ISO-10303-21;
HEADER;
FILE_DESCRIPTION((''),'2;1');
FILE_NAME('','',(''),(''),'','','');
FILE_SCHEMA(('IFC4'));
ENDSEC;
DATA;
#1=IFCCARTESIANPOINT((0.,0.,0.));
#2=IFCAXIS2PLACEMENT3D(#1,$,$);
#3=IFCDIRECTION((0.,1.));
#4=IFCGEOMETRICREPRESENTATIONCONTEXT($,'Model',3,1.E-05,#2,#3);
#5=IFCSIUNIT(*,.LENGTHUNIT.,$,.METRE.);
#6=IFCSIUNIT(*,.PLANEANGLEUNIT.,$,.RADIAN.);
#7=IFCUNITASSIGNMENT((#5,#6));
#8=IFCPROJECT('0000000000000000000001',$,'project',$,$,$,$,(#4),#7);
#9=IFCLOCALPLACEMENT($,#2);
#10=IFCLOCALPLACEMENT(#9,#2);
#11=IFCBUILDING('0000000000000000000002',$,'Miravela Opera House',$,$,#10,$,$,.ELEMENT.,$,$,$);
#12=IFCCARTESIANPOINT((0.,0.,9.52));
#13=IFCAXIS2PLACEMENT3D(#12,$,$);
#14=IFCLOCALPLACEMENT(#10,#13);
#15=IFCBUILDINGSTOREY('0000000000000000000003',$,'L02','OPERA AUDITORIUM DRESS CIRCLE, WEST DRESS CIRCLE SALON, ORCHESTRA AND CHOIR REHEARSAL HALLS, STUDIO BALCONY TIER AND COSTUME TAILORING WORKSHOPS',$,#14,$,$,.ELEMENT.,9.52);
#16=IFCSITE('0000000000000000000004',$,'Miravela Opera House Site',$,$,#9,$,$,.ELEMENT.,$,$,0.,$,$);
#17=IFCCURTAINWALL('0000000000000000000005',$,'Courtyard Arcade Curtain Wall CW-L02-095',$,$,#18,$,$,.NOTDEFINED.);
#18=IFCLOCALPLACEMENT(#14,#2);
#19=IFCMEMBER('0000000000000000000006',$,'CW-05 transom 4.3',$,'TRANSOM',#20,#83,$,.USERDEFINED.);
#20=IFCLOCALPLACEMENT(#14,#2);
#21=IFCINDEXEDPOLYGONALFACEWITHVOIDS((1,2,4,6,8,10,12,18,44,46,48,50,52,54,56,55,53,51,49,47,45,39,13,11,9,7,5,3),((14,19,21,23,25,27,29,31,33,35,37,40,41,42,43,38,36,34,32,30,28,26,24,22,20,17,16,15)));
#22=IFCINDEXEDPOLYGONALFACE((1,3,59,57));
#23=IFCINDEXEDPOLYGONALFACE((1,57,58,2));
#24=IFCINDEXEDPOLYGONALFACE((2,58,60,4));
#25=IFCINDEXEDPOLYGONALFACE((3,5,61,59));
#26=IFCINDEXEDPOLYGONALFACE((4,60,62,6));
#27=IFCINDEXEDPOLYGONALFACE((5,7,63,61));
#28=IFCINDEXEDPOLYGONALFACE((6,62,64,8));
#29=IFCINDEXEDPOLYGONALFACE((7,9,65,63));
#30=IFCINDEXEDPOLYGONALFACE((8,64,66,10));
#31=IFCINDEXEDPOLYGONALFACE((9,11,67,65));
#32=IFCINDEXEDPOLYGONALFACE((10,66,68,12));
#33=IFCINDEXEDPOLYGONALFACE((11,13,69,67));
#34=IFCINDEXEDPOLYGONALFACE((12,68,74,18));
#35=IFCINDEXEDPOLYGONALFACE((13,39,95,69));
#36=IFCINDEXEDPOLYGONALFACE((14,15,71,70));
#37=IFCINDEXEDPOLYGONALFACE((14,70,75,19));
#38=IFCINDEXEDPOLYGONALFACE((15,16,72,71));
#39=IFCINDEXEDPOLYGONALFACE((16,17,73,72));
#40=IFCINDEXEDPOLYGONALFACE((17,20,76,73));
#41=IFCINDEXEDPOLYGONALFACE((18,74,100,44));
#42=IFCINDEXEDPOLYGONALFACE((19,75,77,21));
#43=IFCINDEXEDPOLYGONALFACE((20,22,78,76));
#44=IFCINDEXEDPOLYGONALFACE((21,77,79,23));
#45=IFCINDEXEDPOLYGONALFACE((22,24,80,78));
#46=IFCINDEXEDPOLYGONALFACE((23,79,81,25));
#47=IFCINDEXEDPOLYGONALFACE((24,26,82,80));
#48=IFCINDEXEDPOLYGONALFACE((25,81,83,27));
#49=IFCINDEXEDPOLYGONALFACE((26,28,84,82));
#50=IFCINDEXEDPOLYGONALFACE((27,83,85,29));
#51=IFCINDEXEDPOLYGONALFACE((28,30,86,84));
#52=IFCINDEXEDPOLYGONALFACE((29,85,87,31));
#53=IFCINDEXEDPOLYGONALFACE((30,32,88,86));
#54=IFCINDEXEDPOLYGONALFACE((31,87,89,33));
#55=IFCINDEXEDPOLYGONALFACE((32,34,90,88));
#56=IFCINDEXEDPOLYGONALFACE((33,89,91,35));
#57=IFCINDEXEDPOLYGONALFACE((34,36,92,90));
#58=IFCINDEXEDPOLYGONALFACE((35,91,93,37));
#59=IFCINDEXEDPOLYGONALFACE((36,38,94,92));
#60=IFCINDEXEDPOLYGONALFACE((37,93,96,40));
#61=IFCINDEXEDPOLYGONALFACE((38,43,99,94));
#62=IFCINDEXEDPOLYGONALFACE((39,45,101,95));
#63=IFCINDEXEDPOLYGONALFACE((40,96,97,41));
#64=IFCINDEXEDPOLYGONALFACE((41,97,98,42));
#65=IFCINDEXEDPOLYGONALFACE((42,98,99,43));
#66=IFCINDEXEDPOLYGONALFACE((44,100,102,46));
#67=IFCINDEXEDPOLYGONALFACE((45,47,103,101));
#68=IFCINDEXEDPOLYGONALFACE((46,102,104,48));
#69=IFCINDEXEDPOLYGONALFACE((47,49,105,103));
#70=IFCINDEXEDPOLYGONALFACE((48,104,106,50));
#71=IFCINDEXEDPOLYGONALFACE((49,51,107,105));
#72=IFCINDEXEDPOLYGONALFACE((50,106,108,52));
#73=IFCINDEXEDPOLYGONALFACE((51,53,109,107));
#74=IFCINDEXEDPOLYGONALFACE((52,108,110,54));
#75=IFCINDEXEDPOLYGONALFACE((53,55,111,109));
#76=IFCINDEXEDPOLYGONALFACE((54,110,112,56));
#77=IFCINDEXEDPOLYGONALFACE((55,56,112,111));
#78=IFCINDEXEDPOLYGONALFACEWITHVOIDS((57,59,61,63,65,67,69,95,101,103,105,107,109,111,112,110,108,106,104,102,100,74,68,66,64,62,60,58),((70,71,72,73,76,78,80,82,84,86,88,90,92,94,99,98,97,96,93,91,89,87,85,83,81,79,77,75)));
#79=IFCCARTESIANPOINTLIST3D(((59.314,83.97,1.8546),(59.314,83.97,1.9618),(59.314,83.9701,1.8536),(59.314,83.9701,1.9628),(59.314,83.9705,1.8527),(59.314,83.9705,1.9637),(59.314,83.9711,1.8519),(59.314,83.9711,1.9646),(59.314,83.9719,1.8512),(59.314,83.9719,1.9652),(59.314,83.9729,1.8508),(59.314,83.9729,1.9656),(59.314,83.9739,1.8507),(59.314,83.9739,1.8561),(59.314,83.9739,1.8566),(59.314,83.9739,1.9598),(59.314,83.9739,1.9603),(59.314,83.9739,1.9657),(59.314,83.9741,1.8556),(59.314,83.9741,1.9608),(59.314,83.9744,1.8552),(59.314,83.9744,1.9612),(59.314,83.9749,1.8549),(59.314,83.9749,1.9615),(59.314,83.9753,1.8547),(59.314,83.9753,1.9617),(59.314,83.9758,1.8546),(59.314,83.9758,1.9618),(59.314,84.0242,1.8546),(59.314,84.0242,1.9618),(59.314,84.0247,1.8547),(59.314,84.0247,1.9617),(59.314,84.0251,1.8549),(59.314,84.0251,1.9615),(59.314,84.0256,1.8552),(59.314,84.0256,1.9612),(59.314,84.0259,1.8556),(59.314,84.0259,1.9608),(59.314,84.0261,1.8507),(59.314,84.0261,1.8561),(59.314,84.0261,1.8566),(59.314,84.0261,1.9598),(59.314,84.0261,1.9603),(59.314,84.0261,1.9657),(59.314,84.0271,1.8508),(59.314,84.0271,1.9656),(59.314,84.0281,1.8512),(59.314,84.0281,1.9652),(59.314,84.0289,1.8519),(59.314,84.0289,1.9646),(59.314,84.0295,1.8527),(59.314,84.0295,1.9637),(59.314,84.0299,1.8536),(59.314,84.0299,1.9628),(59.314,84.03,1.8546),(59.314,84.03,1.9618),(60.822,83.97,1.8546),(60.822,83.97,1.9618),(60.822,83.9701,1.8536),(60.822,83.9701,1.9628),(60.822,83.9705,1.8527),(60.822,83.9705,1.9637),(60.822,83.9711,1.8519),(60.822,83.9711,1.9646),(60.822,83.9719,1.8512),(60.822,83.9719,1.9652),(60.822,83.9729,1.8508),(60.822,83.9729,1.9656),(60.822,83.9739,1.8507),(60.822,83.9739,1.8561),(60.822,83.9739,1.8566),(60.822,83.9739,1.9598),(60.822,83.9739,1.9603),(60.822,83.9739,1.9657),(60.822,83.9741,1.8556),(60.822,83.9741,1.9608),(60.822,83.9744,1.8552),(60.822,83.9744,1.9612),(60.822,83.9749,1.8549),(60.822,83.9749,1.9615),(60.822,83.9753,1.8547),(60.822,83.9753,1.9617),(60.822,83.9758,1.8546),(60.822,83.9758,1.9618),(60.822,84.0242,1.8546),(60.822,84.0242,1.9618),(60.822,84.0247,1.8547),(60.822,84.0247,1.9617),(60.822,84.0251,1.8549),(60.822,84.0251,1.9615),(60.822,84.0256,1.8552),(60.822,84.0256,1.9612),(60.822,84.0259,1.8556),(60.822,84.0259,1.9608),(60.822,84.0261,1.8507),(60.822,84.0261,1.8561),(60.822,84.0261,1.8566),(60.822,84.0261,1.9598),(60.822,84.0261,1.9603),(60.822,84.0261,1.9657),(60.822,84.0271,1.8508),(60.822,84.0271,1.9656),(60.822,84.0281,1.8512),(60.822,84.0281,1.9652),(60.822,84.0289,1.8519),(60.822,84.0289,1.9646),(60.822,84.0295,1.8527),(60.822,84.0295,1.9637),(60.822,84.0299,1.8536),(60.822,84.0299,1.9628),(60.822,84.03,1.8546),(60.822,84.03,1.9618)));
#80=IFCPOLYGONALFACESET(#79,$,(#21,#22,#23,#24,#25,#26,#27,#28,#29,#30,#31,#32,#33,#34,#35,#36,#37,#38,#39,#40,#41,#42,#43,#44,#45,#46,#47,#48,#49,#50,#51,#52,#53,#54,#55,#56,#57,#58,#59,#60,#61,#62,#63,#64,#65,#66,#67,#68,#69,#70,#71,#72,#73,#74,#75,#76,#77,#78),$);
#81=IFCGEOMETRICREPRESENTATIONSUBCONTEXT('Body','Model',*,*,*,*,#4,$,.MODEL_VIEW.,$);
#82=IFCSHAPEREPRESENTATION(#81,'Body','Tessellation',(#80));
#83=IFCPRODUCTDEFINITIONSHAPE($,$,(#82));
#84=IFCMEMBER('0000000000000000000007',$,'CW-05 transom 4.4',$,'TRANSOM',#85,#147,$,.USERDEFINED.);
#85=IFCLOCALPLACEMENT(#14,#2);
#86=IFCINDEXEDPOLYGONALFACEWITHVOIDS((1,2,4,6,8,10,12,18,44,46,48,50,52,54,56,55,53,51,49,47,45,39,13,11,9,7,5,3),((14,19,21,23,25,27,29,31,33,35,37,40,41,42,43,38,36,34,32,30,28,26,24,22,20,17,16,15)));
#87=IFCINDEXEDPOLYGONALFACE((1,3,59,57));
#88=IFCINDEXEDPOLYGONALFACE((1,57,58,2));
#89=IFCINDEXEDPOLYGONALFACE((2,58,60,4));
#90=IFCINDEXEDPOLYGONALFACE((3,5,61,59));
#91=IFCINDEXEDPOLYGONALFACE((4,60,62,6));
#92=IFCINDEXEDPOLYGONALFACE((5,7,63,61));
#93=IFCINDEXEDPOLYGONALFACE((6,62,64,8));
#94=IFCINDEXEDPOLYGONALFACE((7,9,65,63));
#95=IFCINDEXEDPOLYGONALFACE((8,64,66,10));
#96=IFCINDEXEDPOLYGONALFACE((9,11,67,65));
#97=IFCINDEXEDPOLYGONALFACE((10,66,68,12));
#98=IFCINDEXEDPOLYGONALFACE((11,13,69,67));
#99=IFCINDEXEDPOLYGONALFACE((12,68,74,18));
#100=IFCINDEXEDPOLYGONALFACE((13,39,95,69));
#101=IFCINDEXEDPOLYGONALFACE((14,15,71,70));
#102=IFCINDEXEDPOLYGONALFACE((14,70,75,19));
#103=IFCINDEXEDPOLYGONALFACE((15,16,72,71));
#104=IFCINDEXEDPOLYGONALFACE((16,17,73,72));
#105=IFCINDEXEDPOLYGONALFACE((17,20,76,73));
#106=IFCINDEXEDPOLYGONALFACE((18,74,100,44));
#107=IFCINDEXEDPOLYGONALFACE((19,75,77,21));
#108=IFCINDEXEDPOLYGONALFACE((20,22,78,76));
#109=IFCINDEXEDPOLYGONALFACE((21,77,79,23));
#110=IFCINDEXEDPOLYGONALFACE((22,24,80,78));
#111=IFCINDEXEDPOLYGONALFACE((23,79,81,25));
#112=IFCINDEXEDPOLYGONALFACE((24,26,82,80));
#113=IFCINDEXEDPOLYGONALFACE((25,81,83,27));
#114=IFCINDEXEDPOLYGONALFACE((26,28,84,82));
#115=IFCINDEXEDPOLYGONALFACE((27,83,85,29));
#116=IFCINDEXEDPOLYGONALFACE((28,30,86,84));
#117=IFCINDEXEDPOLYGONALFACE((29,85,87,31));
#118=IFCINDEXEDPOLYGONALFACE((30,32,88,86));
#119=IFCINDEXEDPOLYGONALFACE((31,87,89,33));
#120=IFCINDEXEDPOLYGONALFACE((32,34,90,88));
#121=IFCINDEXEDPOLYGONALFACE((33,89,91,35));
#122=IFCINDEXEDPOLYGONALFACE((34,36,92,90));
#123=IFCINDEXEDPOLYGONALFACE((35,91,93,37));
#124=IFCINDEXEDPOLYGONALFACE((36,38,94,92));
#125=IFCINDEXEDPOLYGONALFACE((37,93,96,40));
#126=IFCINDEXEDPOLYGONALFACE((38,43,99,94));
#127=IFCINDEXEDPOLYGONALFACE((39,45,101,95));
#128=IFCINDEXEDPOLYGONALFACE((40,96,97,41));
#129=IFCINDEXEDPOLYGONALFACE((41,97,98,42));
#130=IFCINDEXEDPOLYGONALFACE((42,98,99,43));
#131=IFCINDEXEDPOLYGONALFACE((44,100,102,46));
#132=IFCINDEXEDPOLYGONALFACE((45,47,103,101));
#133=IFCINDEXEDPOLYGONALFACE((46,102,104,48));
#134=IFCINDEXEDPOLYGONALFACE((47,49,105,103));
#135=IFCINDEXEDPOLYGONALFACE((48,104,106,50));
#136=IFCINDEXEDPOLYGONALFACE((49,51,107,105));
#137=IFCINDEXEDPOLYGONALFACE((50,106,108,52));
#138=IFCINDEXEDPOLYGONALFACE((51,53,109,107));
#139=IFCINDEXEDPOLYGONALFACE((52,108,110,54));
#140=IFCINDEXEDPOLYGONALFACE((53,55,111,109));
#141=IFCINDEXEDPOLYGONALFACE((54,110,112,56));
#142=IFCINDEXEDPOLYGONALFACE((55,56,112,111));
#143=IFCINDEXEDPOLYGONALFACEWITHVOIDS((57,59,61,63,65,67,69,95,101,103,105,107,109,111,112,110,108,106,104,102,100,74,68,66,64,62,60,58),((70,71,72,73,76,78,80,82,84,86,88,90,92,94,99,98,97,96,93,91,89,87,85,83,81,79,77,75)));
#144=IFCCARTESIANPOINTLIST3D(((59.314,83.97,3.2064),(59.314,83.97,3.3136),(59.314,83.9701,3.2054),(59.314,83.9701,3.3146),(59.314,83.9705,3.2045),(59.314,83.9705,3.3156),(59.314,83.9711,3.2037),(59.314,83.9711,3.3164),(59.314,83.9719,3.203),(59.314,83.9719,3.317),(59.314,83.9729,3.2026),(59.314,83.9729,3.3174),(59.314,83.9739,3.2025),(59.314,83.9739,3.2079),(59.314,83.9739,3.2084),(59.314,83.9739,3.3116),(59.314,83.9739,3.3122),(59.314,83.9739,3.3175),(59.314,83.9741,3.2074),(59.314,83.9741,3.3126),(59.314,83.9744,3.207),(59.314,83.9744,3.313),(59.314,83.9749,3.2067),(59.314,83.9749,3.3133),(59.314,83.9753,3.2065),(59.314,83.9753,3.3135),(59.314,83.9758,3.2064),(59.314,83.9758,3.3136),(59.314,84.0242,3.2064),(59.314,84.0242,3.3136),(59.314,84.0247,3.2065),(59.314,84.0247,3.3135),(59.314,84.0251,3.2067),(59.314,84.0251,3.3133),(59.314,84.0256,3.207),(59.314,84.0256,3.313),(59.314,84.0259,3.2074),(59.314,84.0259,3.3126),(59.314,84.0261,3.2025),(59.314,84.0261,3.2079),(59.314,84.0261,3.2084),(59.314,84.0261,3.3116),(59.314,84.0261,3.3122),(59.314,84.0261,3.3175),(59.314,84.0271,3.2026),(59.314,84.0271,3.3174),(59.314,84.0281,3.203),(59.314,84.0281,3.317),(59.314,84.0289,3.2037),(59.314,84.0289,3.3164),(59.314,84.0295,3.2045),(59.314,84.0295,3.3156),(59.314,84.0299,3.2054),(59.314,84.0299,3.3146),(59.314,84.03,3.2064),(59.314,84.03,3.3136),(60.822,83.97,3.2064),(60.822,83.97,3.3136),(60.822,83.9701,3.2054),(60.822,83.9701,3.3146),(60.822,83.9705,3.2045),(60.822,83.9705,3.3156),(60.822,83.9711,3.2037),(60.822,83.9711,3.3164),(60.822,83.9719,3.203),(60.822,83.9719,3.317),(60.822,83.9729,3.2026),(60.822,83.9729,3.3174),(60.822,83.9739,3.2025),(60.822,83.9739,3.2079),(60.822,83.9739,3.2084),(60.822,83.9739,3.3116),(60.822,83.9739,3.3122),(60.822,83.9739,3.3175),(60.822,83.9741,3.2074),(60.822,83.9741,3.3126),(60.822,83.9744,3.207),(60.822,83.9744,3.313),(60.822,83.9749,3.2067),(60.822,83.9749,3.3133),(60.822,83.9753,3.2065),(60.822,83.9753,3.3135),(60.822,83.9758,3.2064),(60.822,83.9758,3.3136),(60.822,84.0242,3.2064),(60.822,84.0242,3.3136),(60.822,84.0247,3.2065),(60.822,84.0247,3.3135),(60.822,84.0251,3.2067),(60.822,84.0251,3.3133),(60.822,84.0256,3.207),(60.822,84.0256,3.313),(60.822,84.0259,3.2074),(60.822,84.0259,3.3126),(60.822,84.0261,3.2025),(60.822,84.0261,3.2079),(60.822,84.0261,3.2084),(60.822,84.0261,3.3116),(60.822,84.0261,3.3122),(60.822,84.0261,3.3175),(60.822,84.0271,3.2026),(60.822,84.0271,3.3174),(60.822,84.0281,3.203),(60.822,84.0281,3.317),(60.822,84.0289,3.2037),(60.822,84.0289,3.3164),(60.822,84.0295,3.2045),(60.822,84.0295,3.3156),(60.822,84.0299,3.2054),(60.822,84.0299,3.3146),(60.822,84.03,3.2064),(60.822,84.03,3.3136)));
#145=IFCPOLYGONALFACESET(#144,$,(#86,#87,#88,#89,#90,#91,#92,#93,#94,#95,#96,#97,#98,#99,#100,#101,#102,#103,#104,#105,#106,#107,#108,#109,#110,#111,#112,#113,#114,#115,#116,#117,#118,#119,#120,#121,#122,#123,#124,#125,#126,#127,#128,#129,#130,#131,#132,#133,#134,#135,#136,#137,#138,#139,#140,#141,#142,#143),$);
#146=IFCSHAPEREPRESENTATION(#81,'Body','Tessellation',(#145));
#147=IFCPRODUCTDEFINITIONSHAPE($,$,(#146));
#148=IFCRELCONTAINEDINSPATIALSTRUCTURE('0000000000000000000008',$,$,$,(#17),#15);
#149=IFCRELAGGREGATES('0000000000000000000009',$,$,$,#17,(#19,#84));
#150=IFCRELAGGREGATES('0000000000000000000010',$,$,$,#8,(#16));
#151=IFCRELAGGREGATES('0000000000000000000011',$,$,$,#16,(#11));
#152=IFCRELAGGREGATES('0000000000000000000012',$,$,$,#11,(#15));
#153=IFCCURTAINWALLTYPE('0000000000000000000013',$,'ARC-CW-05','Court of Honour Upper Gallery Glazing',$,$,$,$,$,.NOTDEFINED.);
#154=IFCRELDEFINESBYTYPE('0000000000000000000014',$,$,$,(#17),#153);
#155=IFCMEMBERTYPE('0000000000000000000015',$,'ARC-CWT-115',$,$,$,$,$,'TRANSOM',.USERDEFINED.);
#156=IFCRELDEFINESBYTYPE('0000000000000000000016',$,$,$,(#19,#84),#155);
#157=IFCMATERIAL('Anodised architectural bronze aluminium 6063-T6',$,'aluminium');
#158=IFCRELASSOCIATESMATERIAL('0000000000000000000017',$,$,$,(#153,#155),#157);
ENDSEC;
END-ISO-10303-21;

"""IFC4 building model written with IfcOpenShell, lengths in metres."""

from ifc_helpers import new_model, si_unit, direction, frame, origin, origin_2d, place, context, subcontext, project, spatial, hollow_rectangle, extrude, material, material_profile, profile_set, type_object, element, aggregate, save


model = new_model("IFC4")

# Units and contexts
model_context = context("Model", 3, precision=1e-05, world=origin(), true_north=direction((0.0, 1.0)))
body_context = subcontext(model_context, "Body", "Model", "MODEL_VIEW")
ifc_project = project(units=[si_unit("LENGTHUNIT", "METRE"), si_unit("PLANEANGLEUNIT", "RADIAN")], contexts=[model_context])

# Site, building, storey
site_placement = place(None, origin())
site = spatial("IfcSite", under=ifc_project, at=site_placement, Name="Miravela Opera House Site", CompositionType="ELEMENT", RefElevation=0.0)
building_placement = place(site_placement, origin())
building = spatial("IfcBuilding", under=site, at=building_placement, Name="Miravela Opera House", CompositionType="ELEMENT")
storey_placement = place(building_placement, frame((0.0, 0.0, 9.52)))
storey = spatial("IfcBuildingStorey", under=building, at=storey_placement, Name="L02", Description="OPERA AUDITORIUM DRESS CIRCLE, WEST DRESS CIRCLE SALON, ORCHESTRA AND CHOIR REHEARSAL HALLS, STUDIO BALCONY TIER AND COSTUME TAILORING WORKSHOPS", CompositionType="ELEMENT", Elevation=9.52)

# Curtain wall
ifc_material_1 = material(Name="Anodised architectural bronze aluminium 6063-T6", Category="aluminium")
curtain_wall_type = type_object("IfcCurtainWallType", Name="ARC-CW-05", Description="Court of Honour Upper Gallery Glazing", PredefinedType="NOTDEFINED", material=ifc_material_1)
curtain_wall_1_placement = place(storey_placement, origin())
curtain_wall_1 = element("IfcCurtainWall", 1, at=curtain_wall_1_placement, inside=storey, type_object=curtain_wall_type, Name="Courtyard Arcade Curtain Wall CW-L02-095", PredefinedType="NOTDEFINED")

# Members
ifc_material_profile_1 = material_profile(ifc_material_1, hollow_rectangle(XDim=0.0601, YDim=0.115, WallThickness=0.0039, InnerFilletRadius=0.002, OuterFilletRadius=0.0039, at=origin_2d()), Name="CWT-60X115")
ifc_profile_set_1 = profile_set([ifc_material_profile_1])
member_type_1 = type_object("IfcMemberType", Name="ARC-CWT-115", ElementType="TRANSOM", PredefinedType="USERDEFINED", material=ifc_profile_set_1)
member_1_placement = place(storey_placement, frame((59.314, 84.0, 1.9082), z_axis=(1.0, 0.0, 0.0), x_axis=(0.0, 1.0, 0.0)))
member_1 = element("IfcMember", 2, at=member_1_placement, type_object=member_type_1, Name="CW-05 transom 4.3", ObjectType="TRANSOM", PredefinedType="USERDEFINED", context=body_context, shape_type="SweptSolid", body=[
    extrude(hollow_rectangle(XDim=0.0601, YDim=0.115, WallThickness=0.0039, InnerFilletRadius=0.002, OuterFilletRadius=0.0039, at=origin_2d()), origin(), (0.0, 0.0, 1.0), 1.5081),
])
member_2_placement = place(storey_placement, frame((59.314, 84.0, 3.26), z_axis=(1.0, 0.0, 0.0), x_axis=(0.0, 1.0, 0.0)))
member_2 = element("IfcMember", 3, at=member_2_placement, type_object=member_type_1, Name="CW-05 transom 4.4", ObjectType="TRANSOM", PredefinedType="USERDEFINED", context=body_context, shape_type="SweptSolid", body=[
    extrude(hollow_rectangle(XDim=0.0601, YDim=0.115, WallThickness=0.0039, InnerFilletRadius=0.002, OuterFilletRadius=0.0039, at=origin_2d()), origin(), (0.0, 0.0, 1.0), 1.5081),
])

aggregate(curtain_wall_1, [member_1, member_2])

save(model, "model.ifc")
